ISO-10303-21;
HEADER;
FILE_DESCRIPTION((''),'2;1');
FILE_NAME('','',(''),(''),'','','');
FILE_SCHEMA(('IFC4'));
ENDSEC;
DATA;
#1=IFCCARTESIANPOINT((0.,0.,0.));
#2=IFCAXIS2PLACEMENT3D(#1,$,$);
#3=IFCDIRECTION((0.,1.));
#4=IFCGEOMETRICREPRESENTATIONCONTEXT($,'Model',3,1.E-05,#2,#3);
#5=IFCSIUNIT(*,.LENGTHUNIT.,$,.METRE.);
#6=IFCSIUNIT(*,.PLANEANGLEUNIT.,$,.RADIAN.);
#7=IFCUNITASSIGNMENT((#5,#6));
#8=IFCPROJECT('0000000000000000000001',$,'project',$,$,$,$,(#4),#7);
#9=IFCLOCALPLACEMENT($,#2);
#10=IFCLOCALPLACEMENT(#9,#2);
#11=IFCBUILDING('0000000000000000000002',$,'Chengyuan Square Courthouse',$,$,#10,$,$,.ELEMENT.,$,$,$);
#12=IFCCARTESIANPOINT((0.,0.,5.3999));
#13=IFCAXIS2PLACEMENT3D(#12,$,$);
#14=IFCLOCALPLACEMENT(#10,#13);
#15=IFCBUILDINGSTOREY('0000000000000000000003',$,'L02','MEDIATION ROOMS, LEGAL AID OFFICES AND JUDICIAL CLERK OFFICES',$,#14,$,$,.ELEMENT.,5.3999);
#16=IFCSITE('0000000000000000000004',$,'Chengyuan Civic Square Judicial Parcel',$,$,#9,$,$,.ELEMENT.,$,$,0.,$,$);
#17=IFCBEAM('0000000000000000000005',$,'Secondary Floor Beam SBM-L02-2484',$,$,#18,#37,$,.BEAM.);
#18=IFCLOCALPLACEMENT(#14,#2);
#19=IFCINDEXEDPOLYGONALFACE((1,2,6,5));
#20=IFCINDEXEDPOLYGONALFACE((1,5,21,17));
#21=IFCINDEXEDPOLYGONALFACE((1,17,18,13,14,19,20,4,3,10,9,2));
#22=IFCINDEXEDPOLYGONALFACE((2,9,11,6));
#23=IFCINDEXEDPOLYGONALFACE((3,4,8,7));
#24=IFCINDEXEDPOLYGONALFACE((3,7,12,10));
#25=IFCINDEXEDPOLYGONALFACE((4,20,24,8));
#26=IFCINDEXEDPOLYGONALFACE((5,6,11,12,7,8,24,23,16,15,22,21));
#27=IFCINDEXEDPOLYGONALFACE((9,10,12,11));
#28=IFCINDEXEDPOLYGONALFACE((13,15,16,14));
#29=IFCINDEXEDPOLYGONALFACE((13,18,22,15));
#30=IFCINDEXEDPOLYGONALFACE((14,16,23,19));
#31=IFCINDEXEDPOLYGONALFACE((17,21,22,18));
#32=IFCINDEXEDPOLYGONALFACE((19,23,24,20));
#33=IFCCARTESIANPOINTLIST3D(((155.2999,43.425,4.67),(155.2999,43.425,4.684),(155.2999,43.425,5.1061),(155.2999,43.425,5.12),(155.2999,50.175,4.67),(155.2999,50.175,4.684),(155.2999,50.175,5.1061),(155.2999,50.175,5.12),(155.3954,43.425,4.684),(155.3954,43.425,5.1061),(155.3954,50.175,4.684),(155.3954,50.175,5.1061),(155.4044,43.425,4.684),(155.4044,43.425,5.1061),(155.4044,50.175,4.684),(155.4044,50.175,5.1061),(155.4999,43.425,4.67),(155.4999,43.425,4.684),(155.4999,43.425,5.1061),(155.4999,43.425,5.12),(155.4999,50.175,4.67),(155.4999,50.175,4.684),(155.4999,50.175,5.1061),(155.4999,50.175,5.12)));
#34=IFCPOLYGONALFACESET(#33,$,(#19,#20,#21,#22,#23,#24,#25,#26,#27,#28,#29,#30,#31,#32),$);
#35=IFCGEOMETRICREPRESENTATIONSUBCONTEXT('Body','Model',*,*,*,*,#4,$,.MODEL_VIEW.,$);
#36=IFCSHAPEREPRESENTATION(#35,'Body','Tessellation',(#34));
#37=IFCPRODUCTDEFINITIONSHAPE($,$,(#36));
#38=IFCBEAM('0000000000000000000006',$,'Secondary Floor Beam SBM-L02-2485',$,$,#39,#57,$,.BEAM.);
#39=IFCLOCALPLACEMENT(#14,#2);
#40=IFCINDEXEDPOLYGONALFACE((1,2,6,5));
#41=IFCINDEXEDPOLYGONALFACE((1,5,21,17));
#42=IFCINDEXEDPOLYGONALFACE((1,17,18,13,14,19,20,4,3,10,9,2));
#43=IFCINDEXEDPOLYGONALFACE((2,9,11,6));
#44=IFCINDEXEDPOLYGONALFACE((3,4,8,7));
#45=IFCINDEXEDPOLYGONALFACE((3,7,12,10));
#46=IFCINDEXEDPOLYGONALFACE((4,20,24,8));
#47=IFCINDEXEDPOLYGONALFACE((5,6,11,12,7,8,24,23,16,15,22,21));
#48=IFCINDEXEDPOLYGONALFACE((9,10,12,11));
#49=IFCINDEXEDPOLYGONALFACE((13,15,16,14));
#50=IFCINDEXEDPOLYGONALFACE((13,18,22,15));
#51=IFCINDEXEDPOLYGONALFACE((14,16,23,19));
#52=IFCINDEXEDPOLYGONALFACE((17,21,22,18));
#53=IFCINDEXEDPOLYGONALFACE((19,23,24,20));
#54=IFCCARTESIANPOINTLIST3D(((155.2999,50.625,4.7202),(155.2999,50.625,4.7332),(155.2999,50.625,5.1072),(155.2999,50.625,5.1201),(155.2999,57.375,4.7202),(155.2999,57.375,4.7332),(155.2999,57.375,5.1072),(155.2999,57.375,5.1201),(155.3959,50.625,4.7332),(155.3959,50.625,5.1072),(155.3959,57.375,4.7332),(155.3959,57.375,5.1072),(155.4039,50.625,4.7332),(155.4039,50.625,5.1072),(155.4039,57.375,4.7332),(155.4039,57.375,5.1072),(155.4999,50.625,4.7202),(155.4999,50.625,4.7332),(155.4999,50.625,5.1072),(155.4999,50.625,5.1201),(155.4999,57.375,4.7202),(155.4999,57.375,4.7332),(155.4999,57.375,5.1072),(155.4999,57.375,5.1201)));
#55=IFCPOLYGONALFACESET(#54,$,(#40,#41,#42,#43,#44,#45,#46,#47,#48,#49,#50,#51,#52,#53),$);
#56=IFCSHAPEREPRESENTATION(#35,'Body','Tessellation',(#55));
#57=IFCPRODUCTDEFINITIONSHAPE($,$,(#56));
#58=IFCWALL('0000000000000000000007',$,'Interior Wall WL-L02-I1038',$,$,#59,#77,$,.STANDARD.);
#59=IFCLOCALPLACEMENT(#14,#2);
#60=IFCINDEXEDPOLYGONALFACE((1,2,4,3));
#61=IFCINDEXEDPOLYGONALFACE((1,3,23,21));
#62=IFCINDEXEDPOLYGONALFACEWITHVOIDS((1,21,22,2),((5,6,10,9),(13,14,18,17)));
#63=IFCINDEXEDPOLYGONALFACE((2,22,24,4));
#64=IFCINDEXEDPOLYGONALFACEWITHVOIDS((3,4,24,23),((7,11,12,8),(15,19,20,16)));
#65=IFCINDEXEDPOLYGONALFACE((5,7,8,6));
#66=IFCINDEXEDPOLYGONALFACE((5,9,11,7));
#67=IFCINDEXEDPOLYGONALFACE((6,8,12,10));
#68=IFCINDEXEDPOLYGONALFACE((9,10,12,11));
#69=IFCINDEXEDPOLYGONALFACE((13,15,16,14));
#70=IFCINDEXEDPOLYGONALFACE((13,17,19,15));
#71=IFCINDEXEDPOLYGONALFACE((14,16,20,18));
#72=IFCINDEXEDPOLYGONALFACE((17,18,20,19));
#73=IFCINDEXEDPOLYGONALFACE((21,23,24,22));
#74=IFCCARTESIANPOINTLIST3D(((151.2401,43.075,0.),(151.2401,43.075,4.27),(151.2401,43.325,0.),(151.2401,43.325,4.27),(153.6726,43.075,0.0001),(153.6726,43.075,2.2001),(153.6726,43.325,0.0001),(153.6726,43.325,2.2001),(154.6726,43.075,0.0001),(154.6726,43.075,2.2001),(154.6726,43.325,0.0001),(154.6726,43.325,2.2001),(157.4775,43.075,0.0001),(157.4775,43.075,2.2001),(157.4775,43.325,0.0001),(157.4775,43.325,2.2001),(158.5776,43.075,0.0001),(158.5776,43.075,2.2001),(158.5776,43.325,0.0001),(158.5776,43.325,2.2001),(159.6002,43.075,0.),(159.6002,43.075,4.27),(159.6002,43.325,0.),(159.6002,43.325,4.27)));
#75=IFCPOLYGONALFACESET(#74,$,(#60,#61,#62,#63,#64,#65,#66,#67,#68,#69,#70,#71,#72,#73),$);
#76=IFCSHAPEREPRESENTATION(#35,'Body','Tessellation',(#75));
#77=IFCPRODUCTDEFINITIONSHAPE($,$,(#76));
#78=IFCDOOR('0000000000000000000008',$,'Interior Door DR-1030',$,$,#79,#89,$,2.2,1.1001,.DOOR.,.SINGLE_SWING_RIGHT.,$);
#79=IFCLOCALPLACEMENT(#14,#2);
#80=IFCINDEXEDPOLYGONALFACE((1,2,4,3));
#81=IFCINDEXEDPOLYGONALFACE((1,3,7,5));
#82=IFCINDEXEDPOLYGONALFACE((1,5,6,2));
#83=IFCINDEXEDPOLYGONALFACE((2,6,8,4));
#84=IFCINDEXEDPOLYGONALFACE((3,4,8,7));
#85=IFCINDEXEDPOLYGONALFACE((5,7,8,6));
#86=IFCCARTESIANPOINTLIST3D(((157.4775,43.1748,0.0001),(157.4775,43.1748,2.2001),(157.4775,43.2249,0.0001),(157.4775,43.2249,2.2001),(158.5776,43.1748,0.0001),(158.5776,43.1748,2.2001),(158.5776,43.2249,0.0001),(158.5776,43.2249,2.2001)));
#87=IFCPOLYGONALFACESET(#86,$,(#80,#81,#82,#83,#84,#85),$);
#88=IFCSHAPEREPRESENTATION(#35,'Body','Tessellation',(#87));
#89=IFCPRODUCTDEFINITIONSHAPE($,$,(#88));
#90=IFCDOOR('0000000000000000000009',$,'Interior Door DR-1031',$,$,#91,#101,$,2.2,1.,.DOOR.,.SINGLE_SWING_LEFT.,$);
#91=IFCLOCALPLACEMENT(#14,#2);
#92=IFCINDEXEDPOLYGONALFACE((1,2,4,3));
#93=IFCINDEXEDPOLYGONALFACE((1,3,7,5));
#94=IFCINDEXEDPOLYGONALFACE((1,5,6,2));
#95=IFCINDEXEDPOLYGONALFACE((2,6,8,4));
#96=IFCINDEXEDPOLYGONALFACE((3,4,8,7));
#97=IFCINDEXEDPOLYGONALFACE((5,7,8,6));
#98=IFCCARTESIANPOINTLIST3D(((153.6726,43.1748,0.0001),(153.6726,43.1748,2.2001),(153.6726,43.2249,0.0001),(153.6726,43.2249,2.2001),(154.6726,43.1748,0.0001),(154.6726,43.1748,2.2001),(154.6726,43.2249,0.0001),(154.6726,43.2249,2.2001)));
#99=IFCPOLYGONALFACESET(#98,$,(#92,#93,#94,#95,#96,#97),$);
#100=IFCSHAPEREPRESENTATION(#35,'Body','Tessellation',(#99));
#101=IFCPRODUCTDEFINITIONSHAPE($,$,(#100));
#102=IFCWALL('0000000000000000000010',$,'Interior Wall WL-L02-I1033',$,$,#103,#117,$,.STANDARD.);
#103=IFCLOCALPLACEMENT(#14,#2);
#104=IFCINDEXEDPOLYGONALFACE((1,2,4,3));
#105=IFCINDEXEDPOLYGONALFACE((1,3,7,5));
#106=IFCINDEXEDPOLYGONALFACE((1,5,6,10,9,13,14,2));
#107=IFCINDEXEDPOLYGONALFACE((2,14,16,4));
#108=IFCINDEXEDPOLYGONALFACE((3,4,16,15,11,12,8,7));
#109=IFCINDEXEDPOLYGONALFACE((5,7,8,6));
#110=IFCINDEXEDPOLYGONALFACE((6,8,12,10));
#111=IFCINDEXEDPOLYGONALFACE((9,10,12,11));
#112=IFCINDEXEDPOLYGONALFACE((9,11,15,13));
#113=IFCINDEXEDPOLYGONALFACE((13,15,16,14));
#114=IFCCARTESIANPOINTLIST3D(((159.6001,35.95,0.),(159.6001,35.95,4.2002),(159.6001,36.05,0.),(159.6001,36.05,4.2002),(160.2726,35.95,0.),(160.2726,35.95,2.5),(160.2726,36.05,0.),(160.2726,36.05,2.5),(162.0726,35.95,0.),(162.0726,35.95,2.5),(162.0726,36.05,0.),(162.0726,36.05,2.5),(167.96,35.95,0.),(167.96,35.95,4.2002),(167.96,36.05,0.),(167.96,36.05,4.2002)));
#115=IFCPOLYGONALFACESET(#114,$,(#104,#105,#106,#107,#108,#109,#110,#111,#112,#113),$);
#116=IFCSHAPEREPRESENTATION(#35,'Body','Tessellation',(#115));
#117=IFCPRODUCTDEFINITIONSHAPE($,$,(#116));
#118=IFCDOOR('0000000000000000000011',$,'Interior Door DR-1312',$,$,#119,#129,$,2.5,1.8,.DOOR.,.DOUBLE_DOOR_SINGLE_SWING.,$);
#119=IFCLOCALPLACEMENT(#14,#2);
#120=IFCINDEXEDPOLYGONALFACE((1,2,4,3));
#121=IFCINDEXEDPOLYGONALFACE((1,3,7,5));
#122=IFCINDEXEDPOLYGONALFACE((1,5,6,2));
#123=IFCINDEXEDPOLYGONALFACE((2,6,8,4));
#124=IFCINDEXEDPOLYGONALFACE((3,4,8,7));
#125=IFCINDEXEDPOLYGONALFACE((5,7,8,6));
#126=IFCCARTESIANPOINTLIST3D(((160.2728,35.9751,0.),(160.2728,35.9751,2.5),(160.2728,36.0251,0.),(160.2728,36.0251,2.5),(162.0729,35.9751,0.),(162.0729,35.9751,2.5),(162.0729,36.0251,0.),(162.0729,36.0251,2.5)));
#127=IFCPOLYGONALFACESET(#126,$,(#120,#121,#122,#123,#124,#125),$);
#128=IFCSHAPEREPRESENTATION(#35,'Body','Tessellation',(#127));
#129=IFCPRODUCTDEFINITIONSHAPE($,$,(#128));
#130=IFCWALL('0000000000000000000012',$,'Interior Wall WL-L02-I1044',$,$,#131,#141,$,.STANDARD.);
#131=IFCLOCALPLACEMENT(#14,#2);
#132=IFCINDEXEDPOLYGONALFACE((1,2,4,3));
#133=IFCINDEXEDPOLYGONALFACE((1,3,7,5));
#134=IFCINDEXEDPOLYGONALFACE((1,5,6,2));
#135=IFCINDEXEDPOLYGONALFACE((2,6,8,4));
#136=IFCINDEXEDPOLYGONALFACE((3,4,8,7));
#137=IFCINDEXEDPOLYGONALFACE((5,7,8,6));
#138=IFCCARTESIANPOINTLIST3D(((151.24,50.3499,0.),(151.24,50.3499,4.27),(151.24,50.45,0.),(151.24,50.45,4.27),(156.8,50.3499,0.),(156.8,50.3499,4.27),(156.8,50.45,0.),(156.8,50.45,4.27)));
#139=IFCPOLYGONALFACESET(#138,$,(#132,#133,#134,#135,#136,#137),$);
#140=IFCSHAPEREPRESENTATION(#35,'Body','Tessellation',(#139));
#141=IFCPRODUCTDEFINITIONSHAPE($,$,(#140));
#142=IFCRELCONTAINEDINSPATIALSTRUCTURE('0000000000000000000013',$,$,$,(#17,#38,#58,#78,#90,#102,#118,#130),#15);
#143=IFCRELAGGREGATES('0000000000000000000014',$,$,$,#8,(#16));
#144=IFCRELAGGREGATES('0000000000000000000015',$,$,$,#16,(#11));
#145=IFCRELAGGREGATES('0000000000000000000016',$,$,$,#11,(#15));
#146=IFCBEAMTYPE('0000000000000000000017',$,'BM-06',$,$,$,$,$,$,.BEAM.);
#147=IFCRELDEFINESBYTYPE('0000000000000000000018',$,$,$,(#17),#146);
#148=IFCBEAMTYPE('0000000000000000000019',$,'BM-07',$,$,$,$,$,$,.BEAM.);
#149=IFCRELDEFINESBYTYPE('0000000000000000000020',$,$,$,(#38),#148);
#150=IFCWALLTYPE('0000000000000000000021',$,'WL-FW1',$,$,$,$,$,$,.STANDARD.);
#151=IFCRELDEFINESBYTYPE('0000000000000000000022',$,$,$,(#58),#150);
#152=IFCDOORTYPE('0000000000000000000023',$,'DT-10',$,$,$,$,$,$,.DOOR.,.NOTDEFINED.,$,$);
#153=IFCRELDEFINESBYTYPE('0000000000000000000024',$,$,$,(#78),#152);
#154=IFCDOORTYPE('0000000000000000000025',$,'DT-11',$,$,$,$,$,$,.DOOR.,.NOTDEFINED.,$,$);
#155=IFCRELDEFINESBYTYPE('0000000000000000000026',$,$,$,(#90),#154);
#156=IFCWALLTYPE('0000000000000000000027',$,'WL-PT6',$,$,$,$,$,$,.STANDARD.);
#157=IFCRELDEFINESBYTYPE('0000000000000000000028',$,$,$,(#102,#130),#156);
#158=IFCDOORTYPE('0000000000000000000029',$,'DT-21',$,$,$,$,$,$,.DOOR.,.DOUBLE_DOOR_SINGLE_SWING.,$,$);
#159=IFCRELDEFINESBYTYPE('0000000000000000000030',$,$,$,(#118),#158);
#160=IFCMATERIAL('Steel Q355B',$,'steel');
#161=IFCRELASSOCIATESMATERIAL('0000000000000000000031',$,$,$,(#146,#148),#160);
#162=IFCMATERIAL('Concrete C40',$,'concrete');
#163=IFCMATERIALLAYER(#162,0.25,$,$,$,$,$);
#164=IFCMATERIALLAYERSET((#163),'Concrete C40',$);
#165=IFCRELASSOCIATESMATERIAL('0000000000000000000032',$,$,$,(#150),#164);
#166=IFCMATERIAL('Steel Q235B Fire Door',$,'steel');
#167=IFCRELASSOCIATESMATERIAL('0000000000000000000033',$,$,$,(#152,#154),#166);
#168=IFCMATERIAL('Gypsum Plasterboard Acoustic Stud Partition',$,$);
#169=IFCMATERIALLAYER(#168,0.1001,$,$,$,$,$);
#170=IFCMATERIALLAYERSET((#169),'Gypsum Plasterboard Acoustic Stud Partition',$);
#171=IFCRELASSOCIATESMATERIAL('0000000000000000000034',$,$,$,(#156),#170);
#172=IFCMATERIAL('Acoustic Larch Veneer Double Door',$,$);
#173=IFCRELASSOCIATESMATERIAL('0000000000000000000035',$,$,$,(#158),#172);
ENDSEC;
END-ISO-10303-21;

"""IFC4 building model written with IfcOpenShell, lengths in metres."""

from ifc_helpers import new_model, si_unit, direction, frame, frame_2d, origin, origin_2d, place, context, subcontext, project, spatial, rectangle, i_section, extrude, material, layer, layer_set, material_profile, profile_set, type_object, element, fill, save


model = new_model("IFC4")

# Units and contexts
model_context = context("Model", 3, precision=1e-05, world=origin(), true_north=direction((0.0, 1.0)))
body_context = subcontext(model_context, "Body", "Model", "MODEL_VIEW")
ifc_project = project(units=[si_unit("LENGTHUNIT", "METRE"), si_unit("PLANEANGLEUNIT", "RADIAN")], contexts=[model_context])

# Site, building, storey
site_placement = place(None, origin())
site = spatial("IfcSite", under=ifc_project, at=site_placement, Name="Chengyuan Civic Square Judicial Parcel", CompositionType="ELEMENT", RefElevation=0.0)
building_placement = place(site_placement, origin())
building = spatial("IfcBuilding", under=site, at=building_placement, Name="Chengyuan Square Courthouse", CompositionType="ELEMENT")
storey_placement = place(building_placement, frame((0.0, 0.0, 5.3999)))
storey = spatial("IfcBuildingStorey", under=building, at=storey_placement, Name="L02", Description="MEDIATION ROOMS, LEGAL AID OFFICES AND JUDICIAL CLERK OFFICES", CompositionType="ELEMENT", Elevation=5.3999)

# Beams
ifc_material_1 = material(Name="Steel Q355B", Category="steel")
ifc_material_profile_1 = material_profile(ifc_material_1, i_section(OverallWidth=0.2, OverallDepth=0.45, WebThickness=0.009, FlangeThickness=0.0139, at=origin_2d()), Name="HN 450x200x9x14")
ifc_profile_set_1 = profile_set([ifc_material_profile_1], Name="Steel Q355B")
beam_type_1 = type_object("IfcBeamType", Name="BM-06", PredefinedType="BEAM", material=ifc_profile_set_1)
beam_1_placement = place(storey_placement, frame((155.3999, 43.425, 4.895), z_axis=(0.0, 1.0, 0.0), x_axis=(-1.0, 0.0, 0.0)))
element("IfcBeam", 1, at=beam_1_placement, inside=storey, type_object=beam_type_1, Name="Secondary Floor Beam SBM-L02-2484", PredefinedType="BEAM", context=body_context, shape_type="SweptSolid", body=[
    extrude(i_section(OverallWidth=0.2, OverallDepth=0.45, WebThickness=0.009, FlangeThickness=0.0139, at=origin_2d()), origin(), (0.0, 0.0, 1.0), 6.75),
])
ifc_material_profile_2 = material_profile(ifc_material_1, i_section(OverallWidth=0.2, OverallDepth=0.3999, WebThickness=0.0081, FlangeThickness=0.0129, at=origin_2d()), Name="HN 400x200x8x13")
ifc_profile_set_2 = profile_set([ifc_material_profile_2], Name="Steel Q355B")
beam_type_2 = type_object("IfcBeamType", Name="BM-07", PredefinedType="BEAM", material=ifc_profile_set_2)
beam_2_placement = place(storey_placement, frame((155.3999, 50.625, 4.9202), z_axis=(0.0, 1.0, 0.0), x_axis=(-1.0, 0.0, 0.0)))
element("IfcBeam", 2, at=beam_2_placement, inside=storey, type_object=beam_type_2, Name="Secondary Floor Beam SBM-L02-2485", PredefinedType="BEAM", context=body_context, shape_type="SweptSolid", body=[
    extrude(i_section(OverallWidth=0.2, OverallDepth=0.3999, WebThickness=0.0081, FlangeThickness=0.0129, at=origin_2d()), origin(), (0.0, 0.0, 1.0), 6.75),
])

# Wall, openings, doors
ifc_material_2 = material(Name="Concrete C40", Category="concrete")
ifc_layer_1 = layer(ifc_material_2, 0.25)
ifc_layer_set_1 = layer_set([ifc_layer_1], Name="Concrete C40")
wall_type_1 = type_object("IfcWallType", Name="WL-FW1", PredefinedType="STANDARD", material=ifc_layer_set_1)
wall_1_placement = place(storey_placement, frame((151.24, 43.2, 0.0), z_axis=(0.0, 0.0, 1.0), x_axis=(1.0, 0.0, 0.0)))
wall_1 = element("IfcWall", 3, at=wall_1_placement, inside=storey, type_object=wall_type_1, Name="Interior Wall WL-L02-I1038", PredefinedType="STANDARD", context=body_context, shape_type="SweptSolid", body=[
    extrude(rectangle(XDim=8.3601, YDim=0.25, at=frame_2d((4.1802, 0.0))), origin(), (0.0, 0.0, 1.0), 4.27),
])
opening_1_placement = place(wall_1_placement, frame((6.2375, 0.0, 0.0)))
opening_1 = element("IfcOpeningElement", 4, at=opening_1_placement, cuts=wall_1, PredefinedType="OPENING", context=body_context, shape_type="SweptSolid", body=[
    extrude(rectangle(XDim=1.1001, YDim=2.2, at=frame_2d((0.55, 1.1001))), frame((0.0, 0.137, 0.0), z_axis=(0.0, -1.0, 0.0), x_axis=(1.0, 0.0, 0.0)), (0.0, 0.0, 1.0), 0.2739),
])
opening_2_placement = place(wall_1_placement, frame((2.4326, 0.0, 0.0)))
opening_2 = element("IfcOpeningElement", 5, at=opening_2_placement, cuts=wall_1, PredefinedType="OPENING", context=body_context, shape_type="SweptSolid", body=[
    extrude(rectangle(XDim=1.0, YDim=2.2, at=frame_2d((0.5, 1.1001))), frame((0.0, 0.137, 0.0), z_axis=(0.0, -1.0, 0.0), x_axis=(1.0, 0.0, 0.0)), (0.0, 0.0, 1.0), 0.2739),
])
ifc_material_3 = material(Name="Steel Q235B Fire Door", Category="steel")
door_type_1 = type_object("IfcDoorType", Name="DT-10", OperationType="NOTDEFINED", PredefinedType="DOOR", material=ifc_material_3)
door_1_placement = place(opening_1_placement, origin())
door_1 = element("IfcDoor", 6, at=door_1_placement, inside=storey, type_object=door_type_1, Name="Interior Door DR-1030", OperationType="SINGLE_SWING_RIGHT", OverallHeight=2.2, OverallWidth=1.1001, PredefinedType="DOOR", context=body_context, shape_type="SweptSolid", body=[
    extrude(rectangle(XDim=1.1001, YDim=2.2, at=frame_2d((0.55, 1.1001))), frame((0.0, 0.0249, 0.0), z_axis=(0.0, -1.0, 0.0), x_axis=(1.0, 0.0, 0.0)), (0.0, 0.0, 1.0), 0.05),
])
fill(opening_1, door_1)
door_type_2 = type_object("IfcDoorType", Name="DT-11", OperationType="NOTDEFINED", PredefinedType="DOOR", material=ifc_material_3)
door_2_placement = place(opening_2_placement, origin())
door_2 = element("IfcDoor", 7, at=door_2_placement, inside=storey, type_object=door_type_2, Name="Interior Door DR-1031", OperationType="SINGLE_SWING_LEFT", OverallHeight=2.2, OverallWidth=1.0, PredefinedType="DOOR", context=body_context, shape_type="SweptSolid", body=[
    extrude(rectangle(XDim=1.0, YDim=2.2, at=frame_2d((0.5, 1.1001))), frame((0.0, 0.0249, 0.0), z_axis=(0.0, -1.0, 0.0), x_axis=(1.0, 0.0, 0.0)), (0.0, 0.0, 1.0), 0.05),
])
fill(opening_2, door_2)

# Wall, opening, door
ifc_material_4 = material(Name="Gypsum Plasterboard Acoustic Stud Partition")
ifc_layer_2 = layer(ifc_material_4, 0.1001)
ifc_layer_set_2 = layer_set([ifc_layer_2], Name="Gypsum Plasterboard Acoustic Stud Partition")
wall_type_2 = type_object("IfcWallType", Name="WL-PT6", PredefinedType="STANDARD", material=ifc_layer_set_2)
wall_2_placement = place(storey_placement, frame((159.6001, 36.0, 0.0), z_axis=(0.0, 0.0, 1.0), x_axis=(1.0, 0.0, 0.0)))
wall_2 = element("IfcWall", 8, at=wall_2_placement, inside=storey, type_object=wall_type_2, Name="Interior Wall WL-L02-I1033", PredefinedType="STANDARD", context=body_context, shape_type="SweptSolid", body=[
    extrude(rectangle(XDim=8.3599, YDim=0.1001, at=frame_2d((4.1799, 0.0))), origin(), (0.0, 0.0, 1.0), 4.2002),
])
opening_3_placement = place(wall_2_placement, frame((0.6726, 0.0, 0.0)))
opening_3 = element("IfcOpeningElement", 9, at=opening_3_placement, cuts=wall_2, PredefinedType="OPENING", context=body_context, shape_type="SweptSolid", body=[
    extrude(rectangle(XDim=1.8, YDim=2.5, at=frame_2d((0.8999, 1.25))), frame((0.0, 0.062, 0.0), z_axis=(0.0, -1.0, 0.0), x_axis=(1.0, 0.0, 0.0)), (0.0, 0.0, 1.0), 0.124),
])
ifc_material_5 = material(Name="Acoustic Larch Veneer Double Door")
door_type_3 = type_object("IfcDoorType", Name="DT-21", OperationType="DOUBLE_DOOR_SINGLE_SWING", PredefinedType="DOOR", material=ifc_material_5)
door_3_placement = place(opening_3_placement, frame((1.8, 0.0, 0.0), z_axis=(0.0, 0.0, 1.0), x_axis=(-1.0, 0.0, 0.0)))
door_3 = element("IfcDoor", 10, at=door_3_placement, inside=storey, type_object=door_type_3, Name="Interior Door DR-1312", OperationType="DOUBLE_DOOR_SINGLE_SWING", OverallHeight=2.5, OverallWidth=1.8, PredefinedType="DOOR", context=body_context, shape_type="SweptSolid", body=[
    extrude(rectangle(XDim=1.8, YDim=2.5, at=frame_2d((0.8999, 1.25))), frame((0.0, 0.0249, 0.0), z_axis=(0.0, -1.0, 0.0), x_axis=(1.0, 0.0, 0.0)), (0.0, 0.0, 1.0), 0.05),
])
fill(opening_3, door_3)

# Wall
wall_3_placement = place(storey_placement, frame((151.24, 50.3999, 0.0), z_axis=(0.0, 0.0, 1.0), x_axis=(1.0, 0.0, 0.0)))
element("IfcWall", 11, at=wall_3_placement, inside=storey, type_object=wall_type_2, Name="Interior Wall WL-L02-I1044", PredefinedType="STANDARD", context=body_context, shape_type="SweptSolid", body=[
    extrude(rectangle(XDim=5.5601, YDim=0.1001, at=frame_2d((2.78, 0.0))), origin(), (0.0, 0.0, 1.0), 4.27),
])

save(model, "model.ifc")
